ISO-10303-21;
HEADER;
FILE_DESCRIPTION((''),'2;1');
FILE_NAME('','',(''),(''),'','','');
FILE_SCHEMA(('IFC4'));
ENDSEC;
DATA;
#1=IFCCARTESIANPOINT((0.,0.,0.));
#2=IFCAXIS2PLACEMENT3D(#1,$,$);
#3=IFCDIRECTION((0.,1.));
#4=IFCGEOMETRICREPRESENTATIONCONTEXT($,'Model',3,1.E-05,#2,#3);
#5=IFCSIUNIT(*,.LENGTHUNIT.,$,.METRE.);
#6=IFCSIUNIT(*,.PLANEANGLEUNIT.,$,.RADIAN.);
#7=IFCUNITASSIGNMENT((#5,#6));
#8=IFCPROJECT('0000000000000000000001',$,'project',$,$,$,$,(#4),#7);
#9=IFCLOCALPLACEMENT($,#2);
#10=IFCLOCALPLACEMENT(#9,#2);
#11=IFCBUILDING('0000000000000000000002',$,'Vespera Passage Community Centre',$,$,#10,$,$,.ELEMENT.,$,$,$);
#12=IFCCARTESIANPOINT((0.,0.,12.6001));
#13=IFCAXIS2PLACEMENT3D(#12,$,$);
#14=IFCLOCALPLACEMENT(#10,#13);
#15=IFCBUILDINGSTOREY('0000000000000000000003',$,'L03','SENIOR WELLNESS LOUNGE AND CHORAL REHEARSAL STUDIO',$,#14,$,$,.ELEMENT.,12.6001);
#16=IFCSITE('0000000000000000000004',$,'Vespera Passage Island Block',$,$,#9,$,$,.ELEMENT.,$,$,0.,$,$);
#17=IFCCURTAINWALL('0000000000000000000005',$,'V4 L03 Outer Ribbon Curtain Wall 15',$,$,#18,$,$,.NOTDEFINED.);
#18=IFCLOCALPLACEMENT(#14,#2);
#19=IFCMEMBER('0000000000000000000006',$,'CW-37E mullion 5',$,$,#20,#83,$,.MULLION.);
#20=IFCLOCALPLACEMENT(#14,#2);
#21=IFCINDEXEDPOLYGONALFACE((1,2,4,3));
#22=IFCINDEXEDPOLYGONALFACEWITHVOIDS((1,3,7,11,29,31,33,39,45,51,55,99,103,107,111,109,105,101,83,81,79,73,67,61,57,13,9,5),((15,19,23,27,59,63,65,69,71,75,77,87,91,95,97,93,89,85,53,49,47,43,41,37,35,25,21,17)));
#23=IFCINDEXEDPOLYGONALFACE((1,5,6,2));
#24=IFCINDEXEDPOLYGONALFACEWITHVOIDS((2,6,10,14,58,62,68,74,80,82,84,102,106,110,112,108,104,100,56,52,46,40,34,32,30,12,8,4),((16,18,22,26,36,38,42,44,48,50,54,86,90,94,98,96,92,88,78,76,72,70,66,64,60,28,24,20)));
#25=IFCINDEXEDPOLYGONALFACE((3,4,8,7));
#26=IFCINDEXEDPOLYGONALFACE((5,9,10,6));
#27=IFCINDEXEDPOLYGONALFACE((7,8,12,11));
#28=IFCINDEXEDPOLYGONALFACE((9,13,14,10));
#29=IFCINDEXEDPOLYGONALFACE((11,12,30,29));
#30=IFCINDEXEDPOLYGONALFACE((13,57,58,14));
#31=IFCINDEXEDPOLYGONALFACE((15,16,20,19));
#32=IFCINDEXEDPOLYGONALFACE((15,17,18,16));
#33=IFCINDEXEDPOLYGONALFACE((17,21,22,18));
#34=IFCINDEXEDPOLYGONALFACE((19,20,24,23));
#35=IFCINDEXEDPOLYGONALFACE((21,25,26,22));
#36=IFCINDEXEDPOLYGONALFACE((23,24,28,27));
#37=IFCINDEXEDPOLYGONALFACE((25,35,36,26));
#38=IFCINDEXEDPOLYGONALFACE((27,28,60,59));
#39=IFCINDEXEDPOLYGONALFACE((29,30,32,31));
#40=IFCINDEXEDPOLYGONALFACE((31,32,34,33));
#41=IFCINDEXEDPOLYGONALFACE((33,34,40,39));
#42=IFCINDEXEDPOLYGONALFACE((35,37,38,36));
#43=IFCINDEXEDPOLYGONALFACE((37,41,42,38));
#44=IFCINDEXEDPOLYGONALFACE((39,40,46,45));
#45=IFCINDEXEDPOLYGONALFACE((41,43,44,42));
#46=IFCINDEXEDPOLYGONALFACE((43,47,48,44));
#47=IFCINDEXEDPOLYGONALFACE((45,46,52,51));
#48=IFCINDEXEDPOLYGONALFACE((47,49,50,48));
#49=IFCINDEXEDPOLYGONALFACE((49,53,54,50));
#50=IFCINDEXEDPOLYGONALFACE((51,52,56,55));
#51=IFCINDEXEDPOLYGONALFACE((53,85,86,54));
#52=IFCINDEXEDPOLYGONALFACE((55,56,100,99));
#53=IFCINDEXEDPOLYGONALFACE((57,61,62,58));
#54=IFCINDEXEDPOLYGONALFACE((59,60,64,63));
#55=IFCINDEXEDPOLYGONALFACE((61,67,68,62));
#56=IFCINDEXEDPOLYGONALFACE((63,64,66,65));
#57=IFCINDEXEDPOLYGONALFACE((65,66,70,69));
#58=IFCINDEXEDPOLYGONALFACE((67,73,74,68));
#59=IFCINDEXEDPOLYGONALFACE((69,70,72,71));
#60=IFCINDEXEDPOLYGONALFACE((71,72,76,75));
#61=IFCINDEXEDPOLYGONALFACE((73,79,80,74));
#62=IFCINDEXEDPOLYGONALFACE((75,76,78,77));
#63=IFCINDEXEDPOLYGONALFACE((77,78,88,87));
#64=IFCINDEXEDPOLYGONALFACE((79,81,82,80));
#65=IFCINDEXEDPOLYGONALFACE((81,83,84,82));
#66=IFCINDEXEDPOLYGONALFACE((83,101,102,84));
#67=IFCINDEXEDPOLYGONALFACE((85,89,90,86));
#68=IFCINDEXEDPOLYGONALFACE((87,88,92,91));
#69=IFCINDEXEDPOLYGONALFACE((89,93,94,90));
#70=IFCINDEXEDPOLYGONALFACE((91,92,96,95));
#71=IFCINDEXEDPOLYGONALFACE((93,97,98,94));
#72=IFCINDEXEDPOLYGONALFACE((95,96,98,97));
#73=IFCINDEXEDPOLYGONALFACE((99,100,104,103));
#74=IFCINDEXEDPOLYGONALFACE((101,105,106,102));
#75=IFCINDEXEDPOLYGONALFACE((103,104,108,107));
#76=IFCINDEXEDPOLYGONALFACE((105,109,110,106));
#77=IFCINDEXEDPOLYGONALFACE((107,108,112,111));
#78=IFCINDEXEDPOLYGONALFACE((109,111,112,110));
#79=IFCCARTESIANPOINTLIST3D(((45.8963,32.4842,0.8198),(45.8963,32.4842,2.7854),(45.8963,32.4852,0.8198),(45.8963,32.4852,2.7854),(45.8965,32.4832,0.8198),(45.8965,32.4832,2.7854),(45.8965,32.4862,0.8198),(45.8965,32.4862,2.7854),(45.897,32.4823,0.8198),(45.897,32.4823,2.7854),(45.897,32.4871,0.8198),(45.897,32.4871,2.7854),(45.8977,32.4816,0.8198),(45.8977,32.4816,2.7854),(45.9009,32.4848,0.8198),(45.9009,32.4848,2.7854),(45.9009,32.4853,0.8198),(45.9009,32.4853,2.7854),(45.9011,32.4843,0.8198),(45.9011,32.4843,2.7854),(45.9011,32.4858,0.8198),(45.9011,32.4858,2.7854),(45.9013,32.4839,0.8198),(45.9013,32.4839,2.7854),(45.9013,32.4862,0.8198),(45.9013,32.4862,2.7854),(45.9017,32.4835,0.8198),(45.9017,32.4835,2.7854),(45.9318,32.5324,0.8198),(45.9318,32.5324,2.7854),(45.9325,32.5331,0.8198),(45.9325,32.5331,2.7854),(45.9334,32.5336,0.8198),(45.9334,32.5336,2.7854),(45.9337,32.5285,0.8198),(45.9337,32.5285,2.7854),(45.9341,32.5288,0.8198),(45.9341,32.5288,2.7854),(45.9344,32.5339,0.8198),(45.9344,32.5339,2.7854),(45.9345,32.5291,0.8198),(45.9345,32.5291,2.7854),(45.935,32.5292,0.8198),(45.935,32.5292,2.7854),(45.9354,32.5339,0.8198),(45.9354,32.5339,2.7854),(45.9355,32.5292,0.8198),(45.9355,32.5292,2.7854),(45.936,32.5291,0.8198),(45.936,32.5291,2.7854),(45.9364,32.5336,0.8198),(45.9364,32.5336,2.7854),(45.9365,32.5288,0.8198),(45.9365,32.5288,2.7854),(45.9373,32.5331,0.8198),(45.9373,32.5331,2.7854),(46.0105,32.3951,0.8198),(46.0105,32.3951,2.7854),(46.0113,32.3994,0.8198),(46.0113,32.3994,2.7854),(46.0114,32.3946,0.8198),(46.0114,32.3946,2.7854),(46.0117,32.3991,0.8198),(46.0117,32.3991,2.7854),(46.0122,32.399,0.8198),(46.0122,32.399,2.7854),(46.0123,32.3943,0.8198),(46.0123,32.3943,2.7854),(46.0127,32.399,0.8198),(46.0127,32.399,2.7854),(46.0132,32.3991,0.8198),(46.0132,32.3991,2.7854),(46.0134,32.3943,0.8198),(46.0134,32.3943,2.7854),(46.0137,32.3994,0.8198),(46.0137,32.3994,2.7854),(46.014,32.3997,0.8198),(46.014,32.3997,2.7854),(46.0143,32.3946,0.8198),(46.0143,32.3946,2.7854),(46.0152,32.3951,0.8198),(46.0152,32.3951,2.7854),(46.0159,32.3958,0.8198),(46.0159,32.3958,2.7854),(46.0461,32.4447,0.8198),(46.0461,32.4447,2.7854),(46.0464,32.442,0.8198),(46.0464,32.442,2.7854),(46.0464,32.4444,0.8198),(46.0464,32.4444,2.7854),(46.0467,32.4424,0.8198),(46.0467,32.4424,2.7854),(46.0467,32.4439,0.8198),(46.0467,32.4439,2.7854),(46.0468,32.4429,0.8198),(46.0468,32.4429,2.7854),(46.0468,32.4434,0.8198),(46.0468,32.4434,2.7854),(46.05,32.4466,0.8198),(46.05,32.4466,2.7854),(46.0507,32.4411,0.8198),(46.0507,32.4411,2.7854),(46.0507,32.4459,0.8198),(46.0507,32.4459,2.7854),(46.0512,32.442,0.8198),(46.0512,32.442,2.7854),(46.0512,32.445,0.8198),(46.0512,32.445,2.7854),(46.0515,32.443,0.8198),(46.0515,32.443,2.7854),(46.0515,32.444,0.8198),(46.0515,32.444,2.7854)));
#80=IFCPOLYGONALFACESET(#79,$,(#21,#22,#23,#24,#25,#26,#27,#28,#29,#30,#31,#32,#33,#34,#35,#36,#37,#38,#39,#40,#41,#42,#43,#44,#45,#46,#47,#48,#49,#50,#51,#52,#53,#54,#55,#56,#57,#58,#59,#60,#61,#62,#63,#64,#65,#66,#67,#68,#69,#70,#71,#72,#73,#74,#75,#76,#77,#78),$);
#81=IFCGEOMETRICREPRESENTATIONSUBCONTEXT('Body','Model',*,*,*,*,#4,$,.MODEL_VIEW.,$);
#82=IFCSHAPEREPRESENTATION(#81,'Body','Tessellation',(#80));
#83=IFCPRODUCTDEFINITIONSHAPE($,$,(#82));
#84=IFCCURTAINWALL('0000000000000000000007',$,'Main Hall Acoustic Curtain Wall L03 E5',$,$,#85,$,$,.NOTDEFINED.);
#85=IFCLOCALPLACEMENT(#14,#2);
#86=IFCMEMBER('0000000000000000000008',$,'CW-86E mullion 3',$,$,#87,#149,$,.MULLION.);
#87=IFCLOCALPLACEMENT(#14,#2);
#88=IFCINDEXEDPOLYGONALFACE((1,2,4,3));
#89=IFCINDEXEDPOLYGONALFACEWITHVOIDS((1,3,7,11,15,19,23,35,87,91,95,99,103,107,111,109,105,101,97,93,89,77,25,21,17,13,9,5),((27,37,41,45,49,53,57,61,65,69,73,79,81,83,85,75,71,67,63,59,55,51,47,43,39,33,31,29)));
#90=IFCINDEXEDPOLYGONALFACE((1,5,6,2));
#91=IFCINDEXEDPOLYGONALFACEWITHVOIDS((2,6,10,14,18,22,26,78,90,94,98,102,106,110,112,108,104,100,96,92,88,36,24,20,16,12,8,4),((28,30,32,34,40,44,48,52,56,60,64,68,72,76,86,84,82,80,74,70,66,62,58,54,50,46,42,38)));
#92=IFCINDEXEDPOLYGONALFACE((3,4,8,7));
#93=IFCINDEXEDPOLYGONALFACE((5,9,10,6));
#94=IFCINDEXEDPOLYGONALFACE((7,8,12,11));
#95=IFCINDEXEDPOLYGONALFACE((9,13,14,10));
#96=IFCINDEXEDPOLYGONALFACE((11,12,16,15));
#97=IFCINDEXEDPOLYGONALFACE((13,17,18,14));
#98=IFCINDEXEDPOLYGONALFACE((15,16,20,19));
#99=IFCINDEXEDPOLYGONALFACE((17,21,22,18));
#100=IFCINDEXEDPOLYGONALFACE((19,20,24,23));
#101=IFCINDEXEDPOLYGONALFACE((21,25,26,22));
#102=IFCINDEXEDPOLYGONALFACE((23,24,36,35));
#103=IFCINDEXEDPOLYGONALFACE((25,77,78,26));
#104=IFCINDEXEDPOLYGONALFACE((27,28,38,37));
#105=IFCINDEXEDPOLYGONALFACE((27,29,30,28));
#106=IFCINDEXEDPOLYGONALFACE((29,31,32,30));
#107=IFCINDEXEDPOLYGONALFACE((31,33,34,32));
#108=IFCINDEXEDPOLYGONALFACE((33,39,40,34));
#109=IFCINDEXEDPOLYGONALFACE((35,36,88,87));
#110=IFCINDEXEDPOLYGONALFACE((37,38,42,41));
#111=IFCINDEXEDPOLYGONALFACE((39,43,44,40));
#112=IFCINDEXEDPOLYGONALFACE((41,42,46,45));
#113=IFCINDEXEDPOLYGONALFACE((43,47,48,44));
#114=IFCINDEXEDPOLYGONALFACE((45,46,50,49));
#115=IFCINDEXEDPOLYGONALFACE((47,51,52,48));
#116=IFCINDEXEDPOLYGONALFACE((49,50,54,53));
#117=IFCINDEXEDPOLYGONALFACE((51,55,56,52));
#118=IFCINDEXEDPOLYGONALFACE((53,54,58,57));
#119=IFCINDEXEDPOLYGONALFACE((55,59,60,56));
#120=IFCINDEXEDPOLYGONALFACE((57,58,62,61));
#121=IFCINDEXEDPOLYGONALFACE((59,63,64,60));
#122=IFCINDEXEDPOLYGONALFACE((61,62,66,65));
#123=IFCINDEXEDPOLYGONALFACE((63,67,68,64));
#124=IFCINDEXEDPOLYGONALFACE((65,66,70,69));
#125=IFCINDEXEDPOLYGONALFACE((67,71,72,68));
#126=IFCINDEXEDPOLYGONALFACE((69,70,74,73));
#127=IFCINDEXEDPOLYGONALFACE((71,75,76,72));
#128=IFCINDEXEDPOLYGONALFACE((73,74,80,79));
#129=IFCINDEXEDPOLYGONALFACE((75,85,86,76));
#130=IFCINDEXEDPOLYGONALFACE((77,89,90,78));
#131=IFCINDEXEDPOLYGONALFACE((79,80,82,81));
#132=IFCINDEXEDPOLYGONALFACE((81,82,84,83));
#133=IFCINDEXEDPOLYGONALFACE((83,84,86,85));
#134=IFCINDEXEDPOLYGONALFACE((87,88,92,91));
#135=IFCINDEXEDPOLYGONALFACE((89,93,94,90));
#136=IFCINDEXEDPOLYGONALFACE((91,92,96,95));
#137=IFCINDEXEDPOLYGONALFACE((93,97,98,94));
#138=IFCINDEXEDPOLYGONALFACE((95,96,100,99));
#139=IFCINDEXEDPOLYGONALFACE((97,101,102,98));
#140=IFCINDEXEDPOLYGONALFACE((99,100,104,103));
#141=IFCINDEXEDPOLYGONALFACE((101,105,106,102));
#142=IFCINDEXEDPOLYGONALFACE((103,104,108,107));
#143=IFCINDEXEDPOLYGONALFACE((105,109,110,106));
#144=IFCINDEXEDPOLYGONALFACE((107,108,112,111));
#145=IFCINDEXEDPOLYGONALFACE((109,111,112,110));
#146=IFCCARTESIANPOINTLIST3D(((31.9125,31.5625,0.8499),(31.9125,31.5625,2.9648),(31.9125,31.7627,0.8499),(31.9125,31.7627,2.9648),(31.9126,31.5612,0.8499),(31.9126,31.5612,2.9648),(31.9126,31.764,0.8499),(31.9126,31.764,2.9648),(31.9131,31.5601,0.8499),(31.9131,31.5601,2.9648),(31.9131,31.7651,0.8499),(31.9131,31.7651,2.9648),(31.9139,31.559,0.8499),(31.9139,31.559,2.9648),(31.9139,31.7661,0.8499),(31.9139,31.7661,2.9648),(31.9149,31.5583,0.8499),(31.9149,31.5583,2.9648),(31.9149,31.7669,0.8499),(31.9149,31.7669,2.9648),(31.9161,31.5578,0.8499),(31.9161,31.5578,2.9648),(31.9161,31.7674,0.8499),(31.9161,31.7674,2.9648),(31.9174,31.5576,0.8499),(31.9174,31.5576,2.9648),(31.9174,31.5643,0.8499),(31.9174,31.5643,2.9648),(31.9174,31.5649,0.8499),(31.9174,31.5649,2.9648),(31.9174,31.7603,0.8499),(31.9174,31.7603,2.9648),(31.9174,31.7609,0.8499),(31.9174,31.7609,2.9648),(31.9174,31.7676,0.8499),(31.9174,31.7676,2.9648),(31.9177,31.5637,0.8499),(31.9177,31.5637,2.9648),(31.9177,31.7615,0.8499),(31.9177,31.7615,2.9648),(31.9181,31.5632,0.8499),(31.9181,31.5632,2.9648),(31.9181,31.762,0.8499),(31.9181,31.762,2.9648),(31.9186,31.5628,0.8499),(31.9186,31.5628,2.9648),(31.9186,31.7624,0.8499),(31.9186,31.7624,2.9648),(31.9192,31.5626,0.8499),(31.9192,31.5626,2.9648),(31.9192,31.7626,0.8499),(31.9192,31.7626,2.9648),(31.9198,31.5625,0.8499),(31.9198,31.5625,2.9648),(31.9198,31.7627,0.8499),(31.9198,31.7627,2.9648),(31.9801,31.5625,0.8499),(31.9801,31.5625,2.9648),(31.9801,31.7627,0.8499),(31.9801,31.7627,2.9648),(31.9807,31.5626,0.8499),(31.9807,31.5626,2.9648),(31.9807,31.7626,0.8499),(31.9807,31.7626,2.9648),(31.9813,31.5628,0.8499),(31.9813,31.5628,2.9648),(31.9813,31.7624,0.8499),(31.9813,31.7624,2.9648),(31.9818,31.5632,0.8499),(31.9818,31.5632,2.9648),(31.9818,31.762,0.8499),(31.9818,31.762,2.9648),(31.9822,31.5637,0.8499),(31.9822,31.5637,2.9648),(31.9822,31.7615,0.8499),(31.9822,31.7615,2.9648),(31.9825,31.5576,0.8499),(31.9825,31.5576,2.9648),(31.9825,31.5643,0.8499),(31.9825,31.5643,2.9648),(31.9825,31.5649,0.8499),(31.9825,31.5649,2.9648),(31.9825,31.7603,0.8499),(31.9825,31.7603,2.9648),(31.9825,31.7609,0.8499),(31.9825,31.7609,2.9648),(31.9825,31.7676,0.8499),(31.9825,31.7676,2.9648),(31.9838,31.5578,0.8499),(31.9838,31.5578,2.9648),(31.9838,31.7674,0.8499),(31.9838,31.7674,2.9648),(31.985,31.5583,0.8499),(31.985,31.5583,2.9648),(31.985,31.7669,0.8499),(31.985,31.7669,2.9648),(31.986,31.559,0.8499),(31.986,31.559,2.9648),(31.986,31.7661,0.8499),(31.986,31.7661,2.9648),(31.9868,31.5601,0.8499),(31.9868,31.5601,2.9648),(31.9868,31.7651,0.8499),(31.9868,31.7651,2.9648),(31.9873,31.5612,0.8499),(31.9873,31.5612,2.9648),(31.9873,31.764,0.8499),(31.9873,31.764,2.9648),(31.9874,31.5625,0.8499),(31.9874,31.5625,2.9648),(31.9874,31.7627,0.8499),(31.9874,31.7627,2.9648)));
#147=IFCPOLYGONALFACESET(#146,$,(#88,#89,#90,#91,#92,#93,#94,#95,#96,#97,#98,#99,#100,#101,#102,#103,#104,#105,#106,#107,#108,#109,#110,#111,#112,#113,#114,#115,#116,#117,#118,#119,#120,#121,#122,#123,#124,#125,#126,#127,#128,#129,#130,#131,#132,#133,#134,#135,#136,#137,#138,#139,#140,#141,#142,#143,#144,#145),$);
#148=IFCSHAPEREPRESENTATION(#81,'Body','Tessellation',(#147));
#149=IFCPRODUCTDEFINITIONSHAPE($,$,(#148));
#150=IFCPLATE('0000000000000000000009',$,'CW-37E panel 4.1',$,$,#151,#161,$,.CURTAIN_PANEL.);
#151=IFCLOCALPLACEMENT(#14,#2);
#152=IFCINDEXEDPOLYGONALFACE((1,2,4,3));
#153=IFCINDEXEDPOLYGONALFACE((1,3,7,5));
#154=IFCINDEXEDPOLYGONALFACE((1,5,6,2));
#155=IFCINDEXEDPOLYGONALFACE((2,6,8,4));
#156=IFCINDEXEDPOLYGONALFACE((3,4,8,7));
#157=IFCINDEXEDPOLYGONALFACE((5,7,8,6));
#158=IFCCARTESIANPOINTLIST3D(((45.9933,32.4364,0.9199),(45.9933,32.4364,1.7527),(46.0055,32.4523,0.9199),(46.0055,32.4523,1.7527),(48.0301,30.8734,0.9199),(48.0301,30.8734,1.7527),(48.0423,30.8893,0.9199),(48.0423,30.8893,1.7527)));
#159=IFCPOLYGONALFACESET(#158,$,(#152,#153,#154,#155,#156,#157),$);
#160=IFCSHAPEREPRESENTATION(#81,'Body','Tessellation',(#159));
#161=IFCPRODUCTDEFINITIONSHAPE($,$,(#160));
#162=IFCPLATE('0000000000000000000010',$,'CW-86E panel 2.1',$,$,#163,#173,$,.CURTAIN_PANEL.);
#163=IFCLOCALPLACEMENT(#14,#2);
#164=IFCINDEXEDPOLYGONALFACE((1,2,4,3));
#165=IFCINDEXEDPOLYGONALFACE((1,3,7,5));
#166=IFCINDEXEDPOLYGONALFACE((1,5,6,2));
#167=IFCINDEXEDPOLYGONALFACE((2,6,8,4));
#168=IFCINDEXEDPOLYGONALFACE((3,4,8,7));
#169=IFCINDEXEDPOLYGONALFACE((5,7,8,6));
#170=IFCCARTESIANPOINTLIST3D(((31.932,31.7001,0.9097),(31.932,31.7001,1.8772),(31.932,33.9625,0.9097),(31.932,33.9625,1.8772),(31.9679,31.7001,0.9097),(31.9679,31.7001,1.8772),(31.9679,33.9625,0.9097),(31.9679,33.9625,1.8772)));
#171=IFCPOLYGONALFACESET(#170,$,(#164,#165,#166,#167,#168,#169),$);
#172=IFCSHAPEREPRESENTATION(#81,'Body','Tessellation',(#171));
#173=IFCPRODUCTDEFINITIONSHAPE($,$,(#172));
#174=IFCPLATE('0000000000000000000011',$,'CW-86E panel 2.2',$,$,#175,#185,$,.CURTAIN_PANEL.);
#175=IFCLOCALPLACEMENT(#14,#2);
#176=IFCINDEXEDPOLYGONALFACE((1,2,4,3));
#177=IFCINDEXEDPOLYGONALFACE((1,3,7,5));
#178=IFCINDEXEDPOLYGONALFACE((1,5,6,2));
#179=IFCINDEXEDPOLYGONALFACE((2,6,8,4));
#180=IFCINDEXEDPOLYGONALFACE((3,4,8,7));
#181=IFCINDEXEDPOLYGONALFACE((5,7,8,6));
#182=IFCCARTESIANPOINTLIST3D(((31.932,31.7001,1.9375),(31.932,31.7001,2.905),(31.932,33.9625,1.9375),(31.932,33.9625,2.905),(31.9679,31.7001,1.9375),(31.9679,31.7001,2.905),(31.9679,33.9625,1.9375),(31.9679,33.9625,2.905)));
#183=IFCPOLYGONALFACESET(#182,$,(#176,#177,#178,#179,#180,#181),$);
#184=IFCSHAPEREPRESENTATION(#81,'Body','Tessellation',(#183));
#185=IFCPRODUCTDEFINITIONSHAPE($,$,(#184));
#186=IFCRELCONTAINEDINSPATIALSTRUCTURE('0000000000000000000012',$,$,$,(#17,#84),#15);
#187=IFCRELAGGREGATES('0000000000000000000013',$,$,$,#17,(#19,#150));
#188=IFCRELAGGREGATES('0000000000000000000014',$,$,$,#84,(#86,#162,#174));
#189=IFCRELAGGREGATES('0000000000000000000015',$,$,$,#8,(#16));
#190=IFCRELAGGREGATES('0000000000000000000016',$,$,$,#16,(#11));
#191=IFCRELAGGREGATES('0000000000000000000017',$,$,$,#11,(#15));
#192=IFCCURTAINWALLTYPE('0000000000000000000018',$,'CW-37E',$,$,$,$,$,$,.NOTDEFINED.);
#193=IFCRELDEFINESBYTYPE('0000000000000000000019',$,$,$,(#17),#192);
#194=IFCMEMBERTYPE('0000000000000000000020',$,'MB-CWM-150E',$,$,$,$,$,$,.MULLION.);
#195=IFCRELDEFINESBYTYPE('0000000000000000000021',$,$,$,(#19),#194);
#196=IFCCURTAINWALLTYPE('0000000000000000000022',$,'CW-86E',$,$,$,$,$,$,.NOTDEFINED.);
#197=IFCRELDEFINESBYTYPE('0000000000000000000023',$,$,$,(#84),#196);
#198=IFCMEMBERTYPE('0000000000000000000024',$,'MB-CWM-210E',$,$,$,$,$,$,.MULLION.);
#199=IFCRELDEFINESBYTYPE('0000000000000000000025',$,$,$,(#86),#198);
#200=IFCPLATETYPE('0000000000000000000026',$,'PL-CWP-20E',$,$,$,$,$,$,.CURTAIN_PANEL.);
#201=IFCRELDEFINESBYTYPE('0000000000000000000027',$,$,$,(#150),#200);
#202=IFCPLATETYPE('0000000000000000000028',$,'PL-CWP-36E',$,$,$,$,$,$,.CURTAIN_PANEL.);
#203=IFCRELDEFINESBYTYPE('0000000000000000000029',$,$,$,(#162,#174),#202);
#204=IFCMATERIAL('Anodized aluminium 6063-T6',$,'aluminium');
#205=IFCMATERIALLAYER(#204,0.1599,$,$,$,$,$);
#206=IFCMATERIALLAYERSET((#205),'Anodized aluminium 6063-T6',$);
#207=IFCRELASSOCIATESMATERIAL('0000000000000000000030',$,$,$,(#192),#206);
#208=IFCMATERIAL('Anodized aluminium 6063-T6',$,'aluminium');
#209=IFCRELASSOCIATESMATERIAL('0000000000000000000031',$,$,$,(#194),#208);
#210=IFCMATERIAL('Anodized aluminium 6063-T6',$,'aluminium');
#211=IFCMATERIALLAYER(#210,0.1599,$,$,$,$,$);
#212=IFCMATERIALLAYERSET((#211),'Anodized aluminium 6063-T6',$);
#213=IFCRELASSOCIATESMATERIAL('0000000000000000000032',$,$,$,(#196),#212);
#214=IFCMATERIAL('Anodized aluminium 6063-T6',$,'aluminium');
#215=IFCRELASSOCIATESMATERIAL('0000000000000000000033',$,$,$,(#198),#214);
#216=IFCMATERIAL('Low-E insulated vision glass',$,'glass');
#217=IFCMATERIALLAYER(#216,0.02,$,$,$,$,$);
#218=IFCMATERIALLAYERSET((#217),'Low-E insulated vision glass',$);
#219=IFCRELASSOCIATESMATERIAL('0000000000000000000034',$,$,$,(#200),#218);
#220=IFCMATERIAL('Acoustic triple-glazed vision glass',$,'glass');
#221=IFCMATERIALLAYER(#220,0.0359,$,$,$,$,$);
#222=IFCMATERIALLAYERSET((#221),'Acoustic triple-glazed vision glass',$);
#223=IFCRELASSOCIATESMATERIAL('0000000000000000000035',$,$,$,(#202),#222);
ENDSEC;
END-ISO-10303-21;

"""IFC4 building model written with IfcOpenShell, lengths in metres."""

from ifc_helpers import new_model, si_unit, direction, frame, origin, origin_2d, place, context, subcontext, project, spatial, rectangle, hollow_rectangle, extrude, material, layer, layer_set, material_profile, profile_set, type_object, element, aggregate, save


model = new_model("IFC4")

# Units and contexts
model_context = context("Model", 3, precision=1e-05, world=origin(), true_north=direction((0.0, 1.0)))
body_context = subcontext(model_context, "Body", "Model", "MODEL_VIEW")
ifc_project = project(units=[si_unit("LENGTHUNIT", "METRE"), si_unit("PLANEANGLEUNIT", "RADIAN")], contexts=[model_context])

# Site, building, storey
site_placement = place(None, origin())
site = spatial("IfcSite", under=ifc_project, at=site_placement, Name="Vespera Passage Island Block", CompositionType="ELEMENT", RefElevation=0.0)
building_placement = place(site_placement, origin())
building = spatial("IfcBuilding", under=site, at=building_placement, Name="Vespera Passage Community Centre", CompositionType="ELEMENT")
storey_placement = place(building_placement, frame((0.0, 0.0, 12.6001)))
storey = spatial("IfcBuildingStorey", under=building, at=storey_placement, Name="L03", Description="SENIOR WELLNESS LOUNGE AND CHORAL REHEARSAL STUDIO", CompositionType="ELEMENT", Elevation=12.6001)

# Curtain walls, members
ifc_material_1 = material(Name="Anodized aluminium 6063-T6", Category="aluminium")
ifc_layer_1 = layer(ifc_material_1, 0.1599)
ifc_layer_set_1 = layer_set([ifc_layer_1], Name="Anodized aluminium 6063-T6")
curtain_wall_type_1 = type_object("IfcCurtainWallType", Name="CW-37E", PredefinedType="NOTDEFINED", material=ifc_layer_set_1)
curtain_wall_1_placement = place(storey_placement, origin())
curtain_wall_1 = element("IfcCurtainWall", 1, at=curtain_wall_1_placement, inside=storey, type_object=curtain_wall_type_1, Name="V4 L03 Outer Ribbon Curtain Wall 15", PredefinedType="NOTDEFINED")
ifc_material_2 = material(Name="Anodized aluminium 6063-T6", Category="aluminium")
ifc_material_profile_1 = material_profile(ifc_material_2, hollow_rectangle(XDim=0.0649, YDim=0.1499, WallThickness=0.0039, InnerFilletRadius=0.002, OuterFilletRadius=0.0039, at=origin_2d()), Name="ALU150X65X4")
ifc_profile_set_1 = profile_set([ifc_material_profile_1], Name="Anodized aluminium 6063-T6")
member_type_1 = type_object("IfcMemberType", Name="MB-CWM-150E", PredefinedType="MULLION", material=ifc_profile_set_1)
member_1_placement = place(storey_placement, frame((45.9739, 32.4641, 0.8198), z_axis=(0.0, 0.0, 1.0), x_axis=(-0.608772, -0.793345, 0.0)))
member_1 = element("IfcMember", 2, at=member_1_placement, type_object=member_type_1, Name="CW-37E mullion 5", PredefinedType="MULLION", context=body_context, shape_type="SweptSolid", body=[
    extrude(hollow_rectangle(XDim=0.0649, YDim=0.1499, WallThickness=0.0039, InnerFilletRadius=0.002, OuterFilletRadius=0.0039, at=origin_2d()), origin(), (0.0, 0.0, 1.0), 1.9656),
])
ifc_material_3 = material(Name="Anodized aluminium 6063-T6", Category="aluminium")
ifc_layer_2 = layer(ifc_material_3, 0.1599)
ifc_layer_set_2 = layer_set([ifc_layer_2], Name="Anodized aluminium 6063-T6")
curtain_wall_type_2 = type_object("IfcCurtainWallType", Name="CW-86E", PredefinedType="NOTDEFINED", material=ifc_layer_set_2)
curtain_wall_2_placement = place(storey_placement, origin())
curtain_wall_2 = element("IfcCurtainWall", 3, at=curtain_wall_2_placement, inside=storey, type_object=curtain_wall_type_2, Name="Main Hall Acoustic Curtain Wall L03 E5", PredefinedType="NOTDEFINED")
ifc_material_4 = material(Name="Anodized aluminium 6063-T6", Category="aluminium")
ifc_material_profile_2 = material_profile(ifc_material_4, hollow_rectangle(XDim=0.075, YDim=0.21, WallThickness=0.0049, InnerFilletRadius=0.0024, OuterFilletRadius=0.0049, at=origin_2d()), Name="ALU210X75X5")
ifc_profile_set_2 = profile_set([ifc_material_profile_2], Name="Anodized aluminium 6063-T6")
member_type_2 = type_object("IfcMemberType", Name="MB-CWM-210E", PredefinedType="MULLION", material=ifc_profile_set_2)
member_2_placement = place(storey_placement, frame((31.95, 31.6626, 0.8499), z_axis=(0.0, 0.0, 1.0), x_axis=(1.0, 0.0, 0.0)))
member_2 = element("IfcMember", 4, at=member_2_placement, type_object=member_type_2, Name="CW-86E mullion 3", PredefinedType="MULLION", context=body_context, shape_type="SweptSolid", body=[
    extrude(hollow_rectangle(XDim=0.075, YDim=0.21, WallThickness=0.0049, InnerFilletRadius=0.0024, OuterFilletRadius=0.0049, at=origin_2d()), origin(), (0.0, 0.0, 1.0), 2.115),
])

# Plates
ifc_material_5 = material(Name="Low-E insulated vision glass", Category="glass")
ifc_layer_3 = layer(ifc_material_5, 0.02)
ifc_layer_set_3 = layer_set([ifc_layer_3], Name="Low-E insulated vision glass")
plate_type_1 = type_object("IfcPlateType", Name="PL-CWP-20E", PredefinedType="CURTAIN_PANEL", material=ifc_layer_set_3)
plate_1_placement = place(storey_placement, frame((47.0178, 31.6628, 0.9199), z_axis=(0.0, 0.0, 1.0), x_axis=(-0.793345, 0.608772, 0.0)))
plate_1 = element("IfcPlate", 5, at=plate_1_placement, type_object=plate_type_1, Name="CW-37E panel 4.1", PredefinedType="CURTAIN_PANEL", context=body_context, shape_type="SweptSolid", body=[
    extrude(rectangle(XDim=2.5674, YDim=0.02, at=origin_2d()), origin(), (0.0, 0.0, 1.0), 0.8328),
])
aggregate(curtain_wall_1, [member_1, plate_1])
ifc_material_6 = material(Name="Acoustic triple-glazed vision glass", Category="glass")
ifc_layer_4 = layer(ifc_material_6, 0.0359)
ifc_layer_set_4 = layer_set([ifc_layer_4], Name="Acoustic triple-glazed vision glass")
plate_type_2 = type_object("IfcPlateType", Name="PL-CWP-36E", PredefinedType="CURTAIN_PANEL", material=ifc_layer_set_4)
plate_2_placement = place(storey_placement, frame((31.95, 32.8313, 0.9097), z_axis=(0.0, 0.0, 1.0), x_axis=(0.0, -1.0, 0.0)))
plate_2 = element("IfcPlate", 6, at=plate_2_placement, type_object=plate_type_2, Name="CW-86E panel 2.1", PredefinedType="CURTAIN_PANEL", context=body_context, shape_type="SweptSolid", body=[
    extrude(rectangle(XDim=2.2625, YDim=0.0359, at=origin_2d()), origin(), (0.0, 0.0, 1.0), 0.9675),
])
plate_3_placement = place(storey_placement, frame((31.95, 32.8313, 1.9375), z_axis=(0.0, 0.0, 1.0), x_axis=(0.0, -1.0, 0.0)))
plate_3 = element("IfcPlate", 7, at=plate_3_placement, type_object=plate_type_2, Name="CW-86E panel 2.2", PredefinedType="CURTAIN_PANEL", context=body_context, shape_type="SweptSolid", body=[
    extrude(rectangle(XDim=2.2625, YDim=0.0359, at=origin_2d()), origin(), (0.0, 0.0, 1.0), 0.9675),
])
aggregate(curtain_wall_2, [member_2, plate_2, plate_3])

save(model, "model.ifc")
